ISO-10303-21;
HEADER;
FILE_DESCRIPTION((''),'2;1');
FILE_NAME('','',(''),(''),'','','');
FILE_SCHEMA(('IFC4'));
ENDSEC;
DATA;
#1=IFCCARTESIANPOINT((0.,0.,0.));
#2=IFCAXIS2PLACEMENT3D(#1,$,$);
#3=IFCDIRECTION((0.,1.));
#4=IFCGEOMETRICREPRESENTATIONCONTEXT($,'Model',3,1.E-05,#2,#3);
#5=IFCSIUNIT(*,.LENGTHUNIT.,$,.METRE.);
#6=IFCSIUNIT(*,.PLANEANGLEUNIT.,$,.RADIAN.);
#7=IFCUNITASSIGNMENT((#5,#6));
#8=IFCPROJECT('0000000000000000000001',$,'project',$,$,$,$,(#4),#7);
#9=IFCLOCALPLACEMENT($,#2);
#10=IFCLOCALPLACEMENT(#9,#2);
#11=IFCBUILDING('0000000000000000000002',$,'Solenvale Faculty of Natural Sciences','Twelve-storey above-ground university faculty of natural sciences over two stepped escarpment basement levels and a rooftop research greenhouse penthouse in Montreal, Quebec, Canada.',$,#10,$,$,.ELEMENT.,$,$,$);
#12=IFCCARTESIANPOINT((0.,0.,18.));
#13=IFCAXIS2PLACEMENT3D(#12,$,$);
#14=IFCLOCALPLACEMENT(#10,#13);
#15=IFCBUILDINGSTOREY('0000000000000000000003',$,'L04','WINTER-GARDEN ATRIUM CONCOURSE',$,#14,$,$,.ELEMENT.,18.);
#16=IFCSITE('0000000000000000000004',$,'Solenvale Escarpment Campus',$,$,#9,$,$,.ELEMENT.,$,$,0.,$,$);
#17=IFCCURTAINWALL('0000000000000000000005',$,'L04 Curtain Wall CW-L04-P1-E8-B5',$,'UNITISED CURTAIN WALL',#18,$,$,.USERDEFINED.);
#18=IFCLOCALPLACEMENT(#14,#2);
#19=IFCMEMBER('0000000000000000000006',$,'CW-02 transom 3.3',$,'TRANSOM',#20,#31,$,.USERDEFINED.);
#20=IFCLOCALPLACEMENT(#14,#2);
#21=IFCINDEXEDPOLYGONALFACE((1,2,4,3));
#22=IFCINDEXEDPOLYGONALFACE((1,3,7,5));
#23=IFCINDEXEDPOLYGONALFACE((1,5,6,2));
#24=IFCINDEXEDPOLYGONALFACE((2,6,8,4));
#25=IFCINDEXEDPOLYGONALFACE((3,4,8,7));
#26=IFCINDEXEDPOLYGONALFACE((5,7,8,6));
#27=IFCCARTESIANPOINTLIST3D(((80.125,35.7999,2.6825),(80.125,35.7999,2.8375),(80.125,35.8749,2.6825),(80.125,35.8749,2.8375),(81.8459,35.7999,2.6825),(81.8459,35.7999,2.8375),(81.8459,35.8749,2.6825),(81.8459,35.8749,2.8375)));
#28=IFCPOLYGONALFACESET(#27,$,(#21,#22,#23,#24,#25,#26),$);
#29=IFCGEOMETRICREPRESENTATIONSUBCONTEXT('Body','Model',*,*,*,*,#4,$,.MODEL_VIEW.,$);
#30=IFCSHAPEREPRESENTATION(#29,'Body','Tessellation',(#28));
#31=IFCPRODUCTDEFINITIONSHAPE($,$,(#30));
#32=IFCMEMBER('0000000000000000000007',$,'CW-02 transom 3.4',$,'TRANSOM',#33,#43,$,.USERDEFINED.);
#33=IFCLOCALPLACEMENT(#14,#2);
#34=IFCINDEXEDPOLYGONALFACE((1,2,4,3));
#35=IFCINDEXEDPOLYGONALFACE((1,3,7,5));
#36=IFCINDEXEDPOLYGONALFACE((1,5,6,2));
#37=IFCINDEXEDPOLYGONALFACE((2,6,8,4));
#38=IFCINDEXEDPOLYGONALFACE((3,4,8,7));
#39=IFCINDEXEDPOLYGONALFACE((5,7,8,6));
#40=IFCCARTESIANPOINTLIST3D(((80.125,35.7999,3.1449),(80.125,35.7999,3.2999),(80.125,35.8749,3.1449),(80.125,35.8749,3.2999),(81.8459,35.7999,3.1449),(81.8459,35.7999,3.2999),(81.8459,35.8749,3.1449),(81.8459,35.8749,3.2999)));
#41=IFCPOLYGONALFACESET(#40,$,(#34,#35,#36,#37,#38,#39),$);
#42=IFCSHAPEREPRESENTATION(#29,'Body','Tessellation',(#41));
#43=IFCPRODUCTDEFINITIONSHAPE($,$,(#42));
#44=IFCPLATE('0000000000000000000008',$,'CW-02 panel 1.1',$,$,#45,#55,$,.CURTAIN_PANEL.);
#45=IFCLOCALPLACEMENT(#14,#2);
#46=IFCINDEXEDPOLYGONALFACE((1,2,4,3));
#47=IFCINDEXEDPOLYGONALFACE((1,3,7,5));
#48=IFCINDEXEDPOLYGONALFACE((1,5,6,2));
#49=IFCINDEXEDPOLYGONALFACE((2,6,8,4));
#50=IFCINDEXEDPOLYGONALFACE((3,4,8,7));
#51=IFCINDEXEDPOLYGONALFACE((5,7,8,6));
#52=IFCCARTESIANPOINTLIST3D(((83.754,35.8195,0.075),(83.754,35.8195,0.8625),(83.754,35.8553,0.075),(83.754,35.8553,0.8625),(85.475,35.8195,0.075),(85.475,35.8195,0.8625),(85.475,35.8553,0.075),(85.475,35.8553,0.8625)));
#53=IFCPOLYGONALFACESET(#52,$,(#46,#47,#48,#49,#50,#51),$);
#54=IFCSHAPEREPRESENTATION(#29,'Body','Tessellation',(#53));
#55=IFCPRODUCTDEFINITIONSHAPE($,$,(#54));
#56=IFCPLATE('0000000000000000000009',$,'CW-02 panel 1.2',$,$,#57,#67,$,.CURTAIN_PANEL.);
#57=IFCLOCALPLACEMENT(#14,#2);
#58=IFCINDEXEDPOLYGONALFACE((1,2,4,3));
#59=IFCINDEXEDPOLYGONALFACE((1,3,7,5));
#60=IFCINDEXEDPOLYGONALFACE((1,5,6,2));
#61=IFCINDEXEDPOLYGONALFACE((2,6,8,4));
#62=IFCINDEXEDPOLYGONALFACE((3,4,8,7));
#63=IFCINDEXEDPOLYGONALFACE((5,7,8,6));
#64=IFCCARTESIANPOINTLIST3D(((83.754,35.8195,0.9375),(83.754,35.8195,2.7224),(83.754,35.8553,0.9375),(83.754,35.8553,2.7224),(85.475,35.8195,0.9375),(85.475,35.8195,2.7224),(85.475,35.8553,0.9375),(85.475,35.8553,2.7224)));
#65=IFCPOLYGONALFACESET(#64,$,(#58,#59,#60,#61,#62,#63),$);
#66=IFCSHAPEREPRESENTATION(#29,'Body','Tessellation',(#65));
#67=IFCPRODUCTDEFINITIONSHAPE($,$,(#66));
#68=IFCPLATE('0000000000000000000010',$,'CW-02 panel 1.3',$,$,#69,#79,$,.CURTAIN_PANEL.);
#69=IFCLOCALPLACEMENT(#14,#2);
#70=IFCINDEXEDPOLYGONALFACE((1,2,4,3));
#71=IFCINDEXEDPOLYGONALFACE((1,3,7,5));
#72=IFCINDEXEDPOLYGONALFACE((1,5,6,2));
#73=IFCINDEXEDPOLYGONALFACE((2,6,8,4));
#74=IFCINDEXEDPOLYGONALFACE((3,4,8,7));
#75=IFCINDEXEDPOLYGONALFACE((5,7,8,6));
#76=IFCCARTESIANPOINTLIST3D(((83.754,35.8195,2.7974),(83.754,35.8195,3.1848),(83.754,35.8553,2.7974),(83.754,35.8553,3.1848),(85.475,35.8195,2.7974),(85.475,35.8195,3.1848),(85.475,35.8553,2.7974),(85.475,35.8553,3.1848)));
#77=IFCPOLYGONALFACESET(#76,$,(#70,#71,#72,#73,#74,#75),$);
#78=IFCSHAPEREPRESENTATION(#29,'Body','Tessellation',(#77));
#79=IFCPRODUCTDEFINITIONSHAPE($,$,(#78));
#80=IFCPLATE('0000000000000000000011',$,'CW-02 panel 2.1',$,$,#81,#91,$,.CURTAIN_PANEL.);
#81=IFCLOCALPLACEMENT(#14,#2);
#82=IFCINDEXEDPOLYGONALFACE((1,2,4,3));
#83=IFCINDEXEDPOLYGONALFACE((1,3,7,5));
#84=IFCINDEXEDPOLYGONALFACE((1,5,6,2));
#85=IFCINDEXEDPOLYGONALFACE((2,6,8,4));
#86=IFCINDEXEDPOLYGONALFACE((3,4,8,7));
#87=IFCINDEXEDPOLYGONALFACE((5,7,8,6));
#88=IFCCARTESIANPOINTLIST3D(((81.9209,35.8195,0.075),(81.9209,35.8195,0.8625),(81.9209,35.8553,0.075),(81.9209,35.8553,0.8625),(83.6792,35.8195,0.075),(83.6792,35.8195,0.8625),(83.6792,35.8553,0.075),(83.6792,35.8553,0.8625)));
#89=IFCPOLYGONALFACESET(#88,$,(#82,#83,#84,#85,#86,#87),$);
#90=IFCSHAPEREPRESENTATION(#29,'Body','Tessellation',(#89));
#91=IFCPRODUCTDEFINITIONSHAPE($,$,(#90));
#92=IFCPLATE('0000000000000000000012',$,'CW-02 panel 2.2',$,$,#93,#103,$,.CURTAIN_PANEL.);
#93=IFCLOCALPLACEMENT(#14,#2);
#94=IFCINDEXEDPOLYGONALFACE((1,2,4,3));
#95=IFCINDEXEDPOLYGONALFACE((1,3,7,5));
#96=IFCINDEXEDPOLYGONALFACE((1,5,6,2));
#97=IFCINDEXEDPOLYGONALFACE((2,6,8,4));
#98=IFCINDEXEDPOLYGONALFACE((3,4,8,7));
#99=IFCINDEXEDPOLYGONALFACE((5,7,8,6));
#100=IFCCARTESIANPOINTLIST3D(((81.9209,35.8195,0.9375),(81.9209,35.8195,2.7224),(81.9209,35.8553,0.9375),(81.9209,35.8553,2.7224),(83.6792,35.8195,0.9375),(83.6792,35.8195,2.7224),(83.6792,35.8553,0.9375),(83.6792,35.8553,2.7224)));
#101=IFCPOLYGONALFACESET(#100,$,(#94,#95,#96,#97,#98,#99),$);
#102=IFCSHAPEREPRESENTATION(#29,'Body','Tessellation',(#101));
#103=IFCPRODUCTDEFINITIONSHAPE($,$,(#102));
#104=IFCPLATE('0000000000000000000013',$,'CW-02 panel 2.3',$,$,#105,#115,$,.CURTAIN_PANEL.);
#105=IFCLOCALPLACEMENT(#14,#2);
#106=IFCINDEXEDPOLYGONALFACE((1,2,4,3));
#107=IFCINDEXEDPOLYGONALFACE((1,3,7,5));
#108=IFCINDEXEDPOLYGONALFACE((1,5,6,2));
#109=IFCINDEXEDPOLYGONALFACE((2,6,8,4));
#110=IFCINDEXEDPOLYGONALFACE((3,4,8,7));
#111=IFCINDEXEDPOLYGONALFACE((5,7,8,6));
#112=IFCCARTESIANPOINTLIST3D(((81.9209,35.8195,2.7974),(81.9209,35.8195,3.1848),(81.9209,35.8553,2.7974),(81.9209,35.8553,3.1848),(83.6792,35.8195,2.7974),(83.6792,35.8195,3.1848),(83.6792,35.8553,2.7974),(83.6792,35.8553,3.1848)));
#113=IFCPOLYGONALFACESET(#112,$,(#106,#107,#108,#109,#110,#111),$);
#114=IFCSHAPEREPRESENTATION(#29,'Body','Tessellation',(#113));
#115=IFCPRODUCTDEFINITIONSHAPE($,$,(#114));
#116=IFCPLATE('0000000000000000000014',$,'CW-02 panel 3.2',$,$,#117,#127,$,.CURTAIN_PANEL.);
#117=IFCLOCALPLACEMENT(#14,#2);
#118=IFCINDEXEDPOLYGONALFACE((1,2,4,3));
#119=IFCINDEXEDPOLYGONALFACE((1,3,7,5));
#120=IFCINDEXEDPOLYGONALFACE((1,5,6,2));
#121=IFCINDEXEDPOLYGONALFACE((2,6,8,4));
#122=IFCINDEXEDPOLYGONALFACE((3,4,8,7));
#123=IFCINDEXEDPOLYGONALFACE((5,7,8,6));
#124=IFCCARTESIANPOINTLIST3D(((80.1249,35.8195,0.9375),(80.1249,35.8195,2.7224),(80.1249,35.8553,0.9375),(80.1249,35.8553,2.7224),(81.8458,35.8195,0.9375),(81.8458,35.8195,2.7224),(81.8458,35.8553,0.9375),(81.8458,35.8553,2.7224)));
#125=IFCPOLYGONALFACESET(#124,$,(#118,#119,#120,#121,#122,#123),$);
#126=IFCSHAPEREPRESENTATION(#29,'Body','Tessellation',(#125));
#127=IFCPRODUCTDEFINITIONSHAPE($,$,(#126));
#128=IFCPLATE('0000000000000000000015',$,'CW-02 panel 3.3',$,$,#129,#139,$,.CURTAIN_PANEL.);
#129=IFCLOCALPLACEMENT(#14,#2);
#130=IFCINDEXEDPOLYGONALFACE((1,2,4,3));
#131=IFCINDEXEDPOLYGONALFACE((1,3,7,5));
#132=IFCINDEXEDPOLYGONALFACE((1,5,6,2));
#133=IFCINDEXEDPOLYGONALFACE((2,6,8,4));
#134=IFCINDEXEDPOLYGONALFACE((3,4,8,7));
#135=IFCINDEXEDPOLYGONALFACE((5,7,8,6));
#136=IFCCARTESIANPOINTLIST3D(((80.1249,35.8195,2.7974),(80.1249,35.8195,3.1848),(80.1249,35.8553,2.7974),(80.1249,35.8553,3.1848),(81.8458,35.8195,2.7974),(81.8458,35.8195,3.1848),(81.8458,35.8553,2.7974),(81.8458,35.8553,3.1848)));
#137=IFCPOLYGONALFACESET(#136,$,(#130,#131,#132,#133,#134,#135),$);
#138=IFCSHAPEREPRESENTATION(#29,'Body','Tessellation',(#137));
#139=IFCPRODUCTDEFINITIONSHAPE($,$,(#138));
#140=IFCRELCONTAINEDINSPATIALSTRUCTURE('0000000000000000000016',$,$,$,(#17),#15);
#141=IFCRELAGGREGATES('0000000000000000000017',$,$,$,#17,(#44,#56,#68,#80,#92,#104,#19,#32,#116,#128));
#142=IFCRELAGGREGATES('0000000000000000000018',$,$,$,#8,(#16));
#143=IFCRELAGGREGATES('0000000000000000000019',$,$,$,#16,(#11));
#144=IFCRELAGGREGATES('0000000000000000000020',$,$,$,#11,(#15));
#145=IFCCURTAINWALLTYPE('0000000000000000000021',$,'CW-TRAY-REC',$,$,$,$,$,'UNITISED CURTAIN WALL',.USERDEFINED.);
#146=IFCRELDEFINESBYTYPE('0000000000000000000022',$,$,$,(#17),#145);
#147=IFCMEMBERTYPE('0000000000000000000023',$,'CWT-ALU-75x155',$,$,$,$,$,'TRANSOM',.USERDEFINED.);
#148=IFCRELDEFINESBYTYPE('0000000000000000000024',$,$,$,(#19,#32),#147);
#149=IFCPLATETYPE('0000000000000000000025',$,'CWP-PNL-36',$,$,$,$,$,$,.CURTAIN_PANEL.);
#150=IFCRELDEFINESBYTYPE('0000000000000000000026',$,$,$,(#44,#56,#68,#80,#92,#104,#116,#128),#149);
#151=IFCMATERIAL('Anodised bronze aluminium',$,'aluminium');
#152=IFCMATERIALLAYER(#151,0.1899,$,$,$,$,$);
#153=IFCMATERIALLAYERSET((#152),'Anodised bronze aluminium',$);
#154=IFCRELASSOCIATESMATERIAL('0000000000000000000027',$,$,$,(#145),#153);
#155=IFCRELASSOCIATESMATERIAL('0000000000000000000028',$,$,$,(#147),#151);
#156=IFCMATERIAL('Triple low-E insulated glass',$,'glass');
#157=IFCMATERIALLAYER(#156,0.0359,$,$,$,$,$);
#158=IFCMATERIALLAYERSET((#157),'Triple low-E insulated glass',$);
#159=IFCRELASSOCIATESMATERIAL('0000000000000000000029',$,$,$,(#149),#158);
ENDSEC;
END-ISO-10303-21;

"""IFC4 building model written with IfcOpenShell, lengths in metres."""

from ifc_helpers import new_model, si_unit, direction, frame, origin, origin_2d, place, context, subcontext, project, spatial, rectangle, extrude, material, layer, layer_set, material_profile, profile_set, type_object, element, aggregate, save


model = new_model("IFC4")

# Units and contexts
model_context = context("Model", 3, precision=1e-05, world=origin(), true_north=direction((0.0, 1.0)))
body_context = subcontext(model_context, "Body", "Model", "MODEL_VIEW")
ifc_project = project(units=[si_unit("LENGTHUNIT", "METRE"), si_unit("PLANEANGLEUNIT", "RADIAN")], contexts=[model_context])

# Site, building, storey
site_placement = place(None, origin())
site = spatial("IfcSite", under=ifc_project, at=site_placement, Name="Solenvale Escarpment Campus", CompositionType="ELEMENT", RefElevation=0.0)
building_placement = place(site_placement, origin())
building = spatial("IfcBuilding", under=site, at=building_placement, Name="Solenvale Faculty of Natural Sciences", Description="Twelve-storey above-ground university faculty of natural sciences over two stepped escarpment basement levels and a rooftop research greenhouse penthouse in Montreal, Quebec, Canada.", CompositionType="ELEMENT")
storey_placement = place(building_placement, frame((0.0, 0.0, 18.0)))
storey = spatial("IfcBuildingStorey", under=building, at=storey_placement, Name="L04", Description="WINTER-GARDEN ATRIUM CONCOURSE", CompositionType="ELEMENT", Elevation=18.0)

# Curtain wall, members, plates
ifc_material_1 = material(Name="Anodised bronze aluminium", Category="aluminium")
ifc_layer_1 = layer(ifc_material_1, 0.1899)
ifc_layer_set_1 = layer_set([ifc_layer_1], Name="Anodised bronze aluminium")
curtain_wall_type = type_object("IfcCurtainWallType", Name="CW-TRAY-REC", ElementType="UNITISED CURTAIN WALL", PredefinedType="USERDEFINED", material=ifc_layer_set_1)
curtain_wall_placement = place(storey_placement, origin())
curtain_wall = element("IfcCurtainWall", 1, at=curtain_wall_placement, inside=storey, type_object=curtain_wall_type, Name="L04 Curtain Wall CW-L04-P1-E8-B5", ObjectType="UNITISED CURTAIN WALL", PredefinedType="USERDEFINED")
ifc_material_profile_1 = material_profile(ifc_material_1, rectangle(XDim=0.075, YDim=0.155, at=origin_2d()), Name="ALU-TRN-75x155")
ifc_profile_set_1 = profile_set([ifc_material_profile_1], Name="Anodised bronze aluminium")
member_type_1 = type_object("IfcMemberType", Name="CWT-ALU-75x155", ElementType="TRANSOM", PredefinedType="USERDEFINED", material=ifc_profile_set_1)
member_1_placement = place(storey_placement, frame((81.8459, 35.8374, 2.76), z_axis=(-1.0, 0.0, 0.0), x_axis=(0.0, -1.0, 0.0)))
member_1 = element("IfcMember", 2, at=member_1_placement, type_object=member_type_1, Name="CW-02 transom 3.3", ObjectType="TRANSOM", PredefinedType="USERDEFINED", context=body_context, shape_type="SweptSolid", body=[
    extrude(rectangle(XDim=0.075, YDim=0.155, at=origin_2d()), origin(), (0.0, 0.0, 1.0), 1.7209),
])
member_2_placement = place(storey_placement, frame((81.8459, 35.8374, 3.2224), z_axis=(-1.0, 0.0, 0.0), x_axis=(0.0, -1.0, 0.0)))
member_2 = element("IfcMember", 3, at=member_2_placement, type_object=member_type_1, Name="CW-02 transom 3.4", ObjectType="TRANSOM", PredefinedType="USERDEFINED", context=body_context, shape_type="SweptSolid", body=[
    extrude(rectangle(XDim=0.075, YDim=0.155, at=origin_2d()), origin(), (0.0, 0.0, 1.0), 1.7209),
])
ifc_material_2 = material(Name="Triple low-E insulated glass", Category="glass")
ifc_layer_2 = layer(ifc_material_2, 0.0359)
ifc_layer_set_2 = layer_set([ifc_layer_2], Name="Triple low-E insulated glass")
plate_type = type_object("IfcPlateType", Name="CWP-PNL-36", PredefinedType="CURTAIN_PANEL", material=ifc_layer_set_2)
plate_1_placement = place(storey_placement, frame((84.6145, 35.8374, 0.075), z_axis=(0.0, 0.0, 1.0), x_axis=(-1.0, 0.0, 0.0)))
plate_1 = element("IfcPlate", 4, at=plate_1_placement, type_object=plate_type, Name="CW-02 panel 1.1", PredefinedType="CURTAIN_PANEL", context=body_context, shape_type="SweptSolid", body=[
    extrude(rectangle(XDim=1.7209, YDim=0.0359, at=origin_2d()), origin(), (0.0, 0.0, 1.0), 0.7876),
])
plate_2_placement = place(storey_placement, frame((84.6145, 35.8374, 0.9375), z_axis=(0.0, 0.0, 1.0), x_axis=(-1.0, 0.0, 0.0)))
plate_2 = element("IfcPlate", 5, at=plate_2_placement, type_object=plate_type, Name="CW-02 panel 1.2", PredefinedType="CURTAIN_PANEL", context=body_context, shape_type="SweptSolid", body=[
    extrude(rectangle(XDim=1.7209, YDim=0.0359, at=origin_2d()), origin(), (0.0, 0.0, 1.0), 1.7849),
])
plate_3_placement = place(storey_placement, frame((84.6145, 35.8374, 2.7974), z_axis=(0.0, 0.0, 1.0), x_axis=(-1.0, 0.0, 0.0)))
plate_3 = element("IfcPlate", 6, at=plate_3_placement, type_object=plate_type, Name="CW-02 panel 1.3", PredefinedType="CURTAIN_PANEL", context=body_context, shape_type="SweptSolid", body=[
    extrude(rectangle(XDim=1.7209, YDim=0.0359, at=origin_2d()), origin(), (0.0, 0.0, 1.0), 0.3875),
])
plate_4_placement = place(storey_placement, frame((82.8, 35.8374, 0.075), z_axis=(0.0, 0.0, 1.0), x_axis=(-1.0, 0.0, 0.0)))
plate_4 = element("IfcPlate", 7, at=plate_4_placement, type_object=plate_type, Name="CW-02 panel 2.1", PredefinedType="CURTAIN_PANEL", context=body_context, shape_type="SweptSolid", body=[
    extrude(rectangle(XDim=1.7583, YDim=0.0359, at=origin_2d()), origin(), (0.0, 0.0, 1.0), 0.7876),
])
plate_5_placement = place(storey_placement, frame((82.8, 35.8374, 0.9375), z_axis=(0.0, 0.0, 1.0), x_axis=(-1.0, 0.0, 0.0)))
plate_5 = element("IfcPlate", 8, at=plate_5_placement, type_object=plate_type, Name="CW-02 panel 2.2", PredefinedType="CURTAIN_PANEL", context=body_context, shape_type="SweptSolid", body=[
    extrude(rectangle(XDim=1.7583, YDim=0.0359, at=origin_2d()), origin(), (0.0, 0.0, 1.0), 1.7849),
])
plate_6_placement = place(storey_placement, frame((82.8, 35.8374, 2.7974), z_axis=(0.0, 0.0, 1.0), x_axis=(-1.0, 0.0, 0.0)))
plate_6 = element("IfcPlate", 9, at=plate_6_placement, type_object=plate_type, Name="CW-02 panel 2.3", PredefinedType="CURTAIN_PANEL", context=body_context, shape_type="SweptSolid", body=[
    extrude(rectangle(XDim=1.7583, YDim=0.0359, at=origin_2d()), origin(), (0.0, 0.0, 1.0), 0.3875),
])
plate_7_placement = place(storey_placement, frame((80.9854, 35.8374, 0.9375), z_axis=(0.0, 0.0, 1.0), x_axis=(-1.0, 0.0, 0.0)))
plate_7 = element("IfcPlate", 10, at=plate_7_placement, type_object=plate_type, Name="CW-02 panel 3.2", PredefinedType="CURTAIN_PANEL", context=body_context, shape_type="SweptSolid", body=[
    extrude(rectangle(XDim=1.7209, YDim=0.0359, at=origin_2d()), origin(), (0.0, 0.0, 1.0), 1.7849),
])
plate_8_placement = place(storey_placement, frame((80.9854, 35.8374, 2.7974), z_axis=(0.0, 0.0, 1.0), x_axis=(-1.0, 0.0, 0.0)))
plate_8 = element("IfcPlate", 11, at=plate_8_placement, type_object=plate_type, Name="CW-02 panel 3.3", PredefinedType="CURTAIN_PANEL", context=body_context, shape_type="SweptSolid", body=[
    extrude(rectangle(XDim=1.7209, YDim=0.0359, at=origin_2d()), origin(), (0.0, 0.0, 1.0), 0.3875),
])
aggregate(curtain_wall, [plate_1, plate_2, plate_3, plate_4, plate_5, plate_6, member_1, member_2, plate_7, plate_8])

save(model, "model.ifc")
